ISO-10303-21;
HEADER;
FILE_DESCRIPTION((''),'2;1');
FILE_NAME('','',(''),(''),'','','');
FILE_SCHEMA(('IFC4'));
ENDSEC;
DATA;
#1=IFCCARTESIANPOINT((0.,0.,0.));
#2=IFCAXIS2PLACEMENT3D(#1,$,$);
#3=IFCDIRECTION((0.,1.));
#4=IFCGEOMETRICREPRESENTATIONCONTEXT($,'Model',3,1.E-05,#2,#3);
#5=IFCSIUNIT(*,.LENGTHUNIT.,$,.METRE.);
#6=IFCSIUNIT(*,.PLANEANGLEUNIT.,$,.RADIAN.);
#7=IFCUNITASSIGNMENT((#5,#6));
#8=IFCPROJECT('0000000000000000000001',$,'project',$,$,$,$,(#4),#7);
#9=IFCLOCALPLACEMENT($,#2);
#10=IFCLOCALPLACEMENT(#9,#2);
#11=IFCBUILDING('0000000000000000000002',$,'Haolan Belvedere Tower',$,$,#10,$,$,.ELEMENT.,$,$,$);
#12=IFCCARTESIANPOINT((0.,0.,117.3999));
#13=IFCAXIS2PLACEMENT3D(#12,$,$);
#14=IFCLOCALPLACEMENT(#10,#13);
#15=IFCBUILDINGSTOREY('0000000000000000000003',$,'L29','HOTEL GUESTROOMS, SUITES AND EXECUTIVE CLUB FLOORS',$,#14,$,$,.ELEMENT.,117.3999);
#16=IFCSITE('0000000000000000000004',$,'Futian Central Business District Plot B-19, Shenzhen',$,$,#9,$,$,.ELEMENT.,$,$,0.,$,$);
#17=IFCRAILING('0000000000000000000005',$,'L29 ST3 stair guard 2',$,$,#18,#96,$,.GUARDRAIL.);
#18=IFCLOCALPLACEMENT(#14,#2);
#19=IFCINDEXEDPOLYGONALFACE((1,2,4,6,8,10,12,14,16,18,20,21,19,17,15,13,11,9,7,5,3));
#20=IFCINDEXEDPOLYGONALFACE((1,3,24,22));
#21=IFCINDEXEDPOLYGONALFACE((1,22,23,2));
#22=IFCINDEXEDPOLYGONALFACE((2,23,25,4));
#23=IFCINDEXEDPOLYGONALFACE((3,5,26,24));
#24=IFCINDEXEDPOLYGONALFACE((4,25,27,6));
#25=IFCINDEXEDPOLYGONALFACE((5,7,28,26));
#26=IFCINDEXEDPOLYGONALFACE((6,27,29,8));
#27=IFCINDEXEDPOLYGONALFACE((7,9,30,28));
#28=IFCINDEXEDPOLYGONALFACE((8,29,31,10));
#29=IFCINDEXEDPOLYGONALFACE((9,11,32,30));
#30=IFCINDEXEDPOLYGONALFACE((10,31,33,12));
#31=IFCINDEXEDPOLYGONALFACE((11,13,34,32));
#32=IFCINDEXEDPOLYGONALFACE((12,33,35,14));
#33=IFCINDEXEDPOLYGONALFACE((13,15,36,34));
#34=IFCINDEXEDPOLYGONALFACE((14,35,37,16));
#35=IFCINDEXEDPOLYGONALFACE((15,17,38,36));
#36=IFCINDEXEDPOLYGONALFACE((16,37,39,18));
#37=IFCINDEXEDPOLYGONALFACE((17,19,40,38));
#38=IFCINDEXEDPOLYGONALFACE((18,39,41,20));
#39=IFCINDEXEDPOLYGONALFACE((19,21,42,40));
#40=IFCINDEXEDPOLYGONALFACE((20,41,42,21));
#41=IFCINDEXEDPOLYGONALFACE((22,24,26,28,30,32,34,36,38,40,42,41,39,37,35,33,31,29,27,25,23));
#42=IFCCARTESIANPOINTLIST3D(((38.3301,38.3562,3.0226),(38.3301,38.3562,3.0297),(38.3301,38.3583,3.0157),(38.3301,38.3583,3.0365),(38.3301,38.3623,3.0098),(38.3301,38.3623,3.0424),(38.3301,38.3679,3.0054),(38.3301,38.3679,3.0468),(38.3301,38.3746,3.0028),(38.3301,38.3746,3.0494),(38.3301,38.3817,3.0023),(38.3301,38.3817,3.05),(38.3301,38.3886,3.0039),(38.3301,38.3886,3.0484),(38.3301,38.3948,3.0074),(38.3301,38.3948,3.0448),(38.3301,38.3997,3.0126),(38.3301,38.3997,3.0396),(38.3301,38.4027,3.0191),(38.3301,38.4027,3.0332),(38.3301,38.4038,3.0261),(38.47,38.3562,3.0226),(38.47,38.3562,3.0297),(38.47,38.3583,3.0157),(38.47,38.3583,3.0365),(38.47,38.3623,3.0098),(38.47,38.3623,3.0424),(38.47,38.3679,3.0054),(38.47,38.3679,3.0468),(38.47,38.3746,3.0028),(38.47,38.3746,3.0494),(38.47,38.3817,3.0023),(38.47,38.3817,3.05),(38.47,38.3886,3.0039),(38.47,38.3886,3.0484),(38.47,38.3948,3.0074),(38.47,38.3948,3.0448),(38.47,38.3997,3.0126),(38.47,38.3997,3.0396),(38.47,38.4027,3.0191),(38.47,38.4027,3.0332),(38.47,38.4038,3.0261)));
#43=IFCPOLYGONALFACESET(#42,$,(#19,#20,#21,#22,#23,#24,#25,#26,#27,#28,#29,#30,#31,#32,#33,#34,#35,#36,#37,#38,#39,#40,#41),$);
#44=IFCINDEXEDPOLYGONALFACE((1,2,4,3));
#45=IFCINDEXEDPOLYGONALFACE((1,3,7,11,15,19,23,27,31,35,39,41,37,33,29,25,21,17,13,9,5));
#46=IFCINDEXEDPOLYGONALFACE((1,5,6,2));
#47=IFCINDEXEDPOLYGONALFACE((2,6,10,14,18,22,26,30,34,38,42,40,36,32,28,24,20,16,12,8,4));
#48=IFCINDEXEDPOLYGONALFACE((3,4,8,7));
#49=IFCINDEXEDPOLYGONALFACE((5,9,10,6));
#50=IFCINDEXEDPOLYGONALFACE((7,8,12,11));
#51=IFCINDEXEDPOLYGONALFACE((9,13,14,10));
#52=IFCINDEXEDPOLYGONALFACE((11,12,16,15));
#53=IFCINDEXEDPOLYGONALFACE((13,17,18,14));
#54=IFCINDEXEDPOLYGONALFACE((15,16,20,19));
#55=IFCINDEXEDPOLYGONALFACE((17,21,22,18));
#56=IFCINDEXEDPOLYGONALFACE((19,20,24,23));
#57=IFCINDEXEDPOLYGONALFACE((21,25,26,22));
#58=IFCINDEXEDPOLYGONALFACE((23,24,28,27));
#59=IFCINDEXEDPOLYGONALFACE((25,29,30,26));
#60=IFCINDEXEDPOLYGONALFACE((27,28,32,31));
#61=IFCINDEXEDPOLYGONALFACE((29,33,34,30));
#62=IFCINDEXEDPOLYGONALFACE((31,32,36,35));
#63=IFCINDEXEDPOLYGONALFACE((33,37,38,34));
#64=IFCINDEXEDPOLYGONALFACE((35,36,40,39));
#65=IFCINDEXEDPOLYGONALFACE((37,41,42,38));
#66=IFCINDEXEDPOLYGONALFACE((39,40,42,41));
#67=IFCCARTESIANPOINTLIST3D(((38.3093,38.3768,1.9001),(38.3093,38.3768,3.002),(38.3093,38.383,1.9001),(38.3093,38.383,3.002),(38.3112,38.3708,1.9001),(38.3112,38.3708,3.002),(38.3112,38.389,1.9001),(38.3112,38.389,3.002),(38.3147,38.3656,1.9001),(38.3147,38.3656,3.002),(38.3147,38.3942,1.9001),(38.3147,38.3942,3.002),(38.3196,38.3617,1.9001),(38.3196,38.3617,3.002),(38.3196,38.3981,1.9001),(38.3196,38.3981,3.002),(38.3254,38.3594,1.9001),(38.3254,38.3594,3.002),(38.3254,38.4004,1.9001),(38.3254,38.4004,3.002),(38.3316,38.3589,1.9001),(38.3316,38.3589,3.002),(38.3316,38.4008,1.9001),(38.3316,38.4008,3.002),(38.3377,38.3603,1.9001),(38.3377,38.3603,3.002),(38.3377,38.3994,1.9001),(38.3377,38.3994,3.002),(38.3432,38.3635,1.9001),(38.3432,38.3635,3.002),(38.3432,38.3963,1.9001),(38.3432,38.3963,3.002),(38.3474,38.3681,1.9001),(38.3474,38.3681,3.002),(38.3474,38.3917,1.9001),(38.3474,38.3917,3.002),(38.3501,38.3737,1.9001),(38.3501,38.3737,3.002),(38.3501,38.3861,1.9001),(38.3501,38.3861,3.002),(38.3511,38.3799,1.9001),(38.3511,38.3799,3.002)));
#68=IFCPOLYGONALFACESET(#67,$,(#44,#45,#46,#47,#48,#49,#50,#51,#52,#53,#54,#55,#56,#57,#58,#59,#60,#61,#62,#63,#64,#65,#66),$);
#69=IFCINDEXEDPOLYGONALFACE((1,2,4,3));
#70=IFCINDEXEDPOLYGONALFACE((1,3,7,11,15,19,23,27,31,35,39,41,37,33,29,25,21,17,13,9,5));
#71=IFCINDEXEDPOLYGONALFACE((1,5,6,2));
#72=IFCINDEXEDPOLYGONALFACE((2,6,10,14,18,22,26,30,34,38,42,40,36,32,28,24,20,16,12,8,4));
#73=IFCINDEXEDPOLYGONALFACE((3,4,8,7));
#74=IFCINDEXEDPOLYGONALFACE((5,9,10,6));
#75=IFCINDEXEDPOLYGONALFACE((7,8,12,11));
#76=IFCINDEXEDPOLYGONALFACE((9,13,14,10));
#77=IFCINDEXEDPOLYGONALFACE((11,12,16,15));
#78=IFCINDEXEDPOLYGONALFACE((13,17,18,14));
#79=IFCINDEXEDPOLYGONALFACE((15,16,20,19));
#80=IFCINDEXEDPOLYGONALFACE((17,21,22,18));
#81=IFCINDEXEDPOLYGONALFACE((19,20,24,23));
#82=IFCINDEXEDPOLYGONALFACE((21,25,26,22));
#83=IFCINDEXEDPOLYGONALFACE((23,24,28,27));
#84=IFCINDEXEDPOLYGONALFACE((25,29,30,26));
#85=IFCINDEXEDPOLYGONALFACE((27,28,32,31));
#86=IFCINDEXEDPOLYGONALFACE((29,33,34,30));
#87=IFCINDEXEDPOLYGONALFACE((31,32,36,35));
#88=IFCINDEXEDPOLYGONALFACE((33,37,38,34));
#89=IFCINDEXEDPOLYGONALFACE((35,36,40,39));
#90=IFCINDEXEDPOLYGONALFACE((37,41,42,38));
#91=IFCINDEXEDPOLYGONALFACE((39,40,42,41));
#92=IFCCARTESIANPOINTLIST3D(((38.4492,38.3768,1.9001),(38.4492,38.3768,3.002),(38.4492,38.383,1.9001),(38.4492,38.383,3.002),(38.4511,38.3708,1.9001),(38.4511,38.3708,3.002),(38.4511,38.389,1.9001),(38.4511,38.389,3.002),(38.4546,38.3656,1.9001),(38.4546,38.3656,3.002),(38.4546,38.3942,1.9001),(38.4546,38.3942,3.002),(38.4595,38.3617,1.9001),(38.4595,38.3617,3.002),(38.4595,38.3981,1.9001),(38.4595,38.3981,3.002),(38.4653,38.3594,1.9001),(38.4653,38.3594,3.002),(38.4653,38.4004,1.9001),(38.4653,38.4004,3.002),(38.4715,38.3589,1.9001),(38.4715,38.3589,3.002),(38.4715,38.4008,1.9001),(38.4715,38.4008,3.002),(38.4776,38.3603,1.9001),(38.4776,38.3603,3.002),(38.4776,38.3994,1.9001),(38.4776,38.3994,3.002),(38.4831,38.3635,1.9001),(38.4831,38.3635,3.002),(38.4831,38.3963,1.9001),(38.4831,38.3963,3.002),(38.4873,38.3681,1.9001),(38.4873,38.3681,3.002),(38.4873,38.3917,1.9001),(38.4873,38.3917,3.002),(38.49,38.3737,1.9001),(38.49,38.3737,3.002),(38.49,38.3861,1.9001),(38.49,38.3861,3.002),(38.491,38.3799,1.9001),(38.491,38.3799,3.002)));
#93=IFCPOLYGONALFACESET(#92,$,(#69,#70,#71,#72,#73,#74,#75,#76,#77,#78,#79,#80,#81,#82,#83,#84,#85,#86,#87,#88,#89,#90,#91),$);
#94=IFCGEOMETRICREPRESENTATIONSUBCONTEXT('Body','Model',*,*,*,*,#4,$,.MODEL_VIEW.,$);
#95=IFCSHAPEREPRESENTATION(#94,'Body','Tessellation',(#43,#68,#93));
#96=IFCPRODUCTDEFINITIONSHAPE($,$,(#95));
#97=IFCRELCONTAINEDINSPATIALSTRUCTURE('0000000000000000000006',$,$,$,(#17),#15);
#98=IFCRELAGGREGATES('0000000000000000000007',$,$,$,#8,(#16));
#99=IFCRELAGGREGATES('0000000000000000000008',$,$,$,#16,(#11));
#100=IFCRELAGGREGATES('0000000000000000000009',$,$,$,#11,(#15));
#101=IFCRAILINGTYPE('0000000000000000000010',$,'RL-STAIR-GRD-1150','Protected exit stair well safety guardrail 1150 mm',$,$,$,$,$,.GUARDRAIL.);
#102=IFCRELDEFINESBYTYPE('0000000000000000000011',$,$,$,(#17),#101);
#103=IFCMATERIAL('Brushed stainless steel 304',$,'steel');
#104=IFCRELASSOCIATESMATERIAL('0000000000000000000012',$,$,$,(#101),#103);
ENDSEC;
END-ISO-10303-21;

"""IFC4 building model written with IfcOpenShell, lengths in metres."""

from ifc_helpers import new_model, si_unit, direction, frame, origin, origin_2d, place, context, subcontext, project, spatial, circle, extrude, material, type_object, element, save


model = new_model("IFC4")

# Units and contexts
model_context = context("Model", 3, precision=1e-05, world=origin(), true_north=direction((0.0, 1.0)))
body_context = subcontext(model_context, "Body", "Model", "MODEL_VIEW")
ifc_project = project(units=[si_unit("LENGTHUNIT", "METRE"), si_unit("PLANEANGLEUNIT", "RADIAN")], contexts=[model_context])

# Site, building, storey
site_placement = place(None, origin())
site = spatial("IfcSite", under=ifc_project, at=site_placement, Name="Futian Central Business District Plot B-19, Shenzhen", CompositionType="ELEMENT", RefElevation=0.0)
building_placement = place(site_placement, origin())
building = spatial("IfcBuilding", under=site, at=building_placement, Name="Haolan Belvedere Tower", CompositionType="ELEMENT")
storey_placement = place(building_placement, frame((0.0, 0.0, 117.3999)))
storey = spatial("IfcBuildingStorey", under=building, at=storey_placement, Name="L29", Description="HOTEL GUESTROOMS, SUITES AND EXECUTIVE CLUB FLOORS", CompositionType="ELEMENT", Elevation=117.3999)

# Railing
ifc_material_1 = material(Name="Brushed stainless steel 304", Category="steel")
railing_type_1 = type_object("IfcRailingType", Name="RL-STAIR-GRD-1150", Description="Protected exit stair well safety guardrail 1150 mm", PredefinedType="GUARDRAIL", material=ifc_material_1)
railing_1_placement = place(storey_placement, frame((38.3301, 38.3799, 1.9001)))
element("IfcRailing", 1, at=railing_1_placement, inside=storey, type_object=railing_type_1, Name="L29 ST3 stair guard 2", PredefinedType="GUARDRAIL", context=body_context, shape_type="SweptSolid", body=[
    extrude(circle(Radius=0.0239, at=origin_2d()), frame((0.0, 0.0, 1.126), z_axis=(1.0, 0.0, 0.0), x_axis=(0.0, 1.0, 0.0)), (0.0, 0.0, 1.0), 0.1399),
    extrude(circle(Radius=0.021, at=origin_2d()), origin(), (0.0, 0.0, 1.0), 1.1018),
    extrude(circle(Radius=0.021, at=origin_2d()), frame((0.1399, 0.0, 0.0)), (0.0, 0.0, 1.0), 1.1018),
])

save(model, "model.ifc")
